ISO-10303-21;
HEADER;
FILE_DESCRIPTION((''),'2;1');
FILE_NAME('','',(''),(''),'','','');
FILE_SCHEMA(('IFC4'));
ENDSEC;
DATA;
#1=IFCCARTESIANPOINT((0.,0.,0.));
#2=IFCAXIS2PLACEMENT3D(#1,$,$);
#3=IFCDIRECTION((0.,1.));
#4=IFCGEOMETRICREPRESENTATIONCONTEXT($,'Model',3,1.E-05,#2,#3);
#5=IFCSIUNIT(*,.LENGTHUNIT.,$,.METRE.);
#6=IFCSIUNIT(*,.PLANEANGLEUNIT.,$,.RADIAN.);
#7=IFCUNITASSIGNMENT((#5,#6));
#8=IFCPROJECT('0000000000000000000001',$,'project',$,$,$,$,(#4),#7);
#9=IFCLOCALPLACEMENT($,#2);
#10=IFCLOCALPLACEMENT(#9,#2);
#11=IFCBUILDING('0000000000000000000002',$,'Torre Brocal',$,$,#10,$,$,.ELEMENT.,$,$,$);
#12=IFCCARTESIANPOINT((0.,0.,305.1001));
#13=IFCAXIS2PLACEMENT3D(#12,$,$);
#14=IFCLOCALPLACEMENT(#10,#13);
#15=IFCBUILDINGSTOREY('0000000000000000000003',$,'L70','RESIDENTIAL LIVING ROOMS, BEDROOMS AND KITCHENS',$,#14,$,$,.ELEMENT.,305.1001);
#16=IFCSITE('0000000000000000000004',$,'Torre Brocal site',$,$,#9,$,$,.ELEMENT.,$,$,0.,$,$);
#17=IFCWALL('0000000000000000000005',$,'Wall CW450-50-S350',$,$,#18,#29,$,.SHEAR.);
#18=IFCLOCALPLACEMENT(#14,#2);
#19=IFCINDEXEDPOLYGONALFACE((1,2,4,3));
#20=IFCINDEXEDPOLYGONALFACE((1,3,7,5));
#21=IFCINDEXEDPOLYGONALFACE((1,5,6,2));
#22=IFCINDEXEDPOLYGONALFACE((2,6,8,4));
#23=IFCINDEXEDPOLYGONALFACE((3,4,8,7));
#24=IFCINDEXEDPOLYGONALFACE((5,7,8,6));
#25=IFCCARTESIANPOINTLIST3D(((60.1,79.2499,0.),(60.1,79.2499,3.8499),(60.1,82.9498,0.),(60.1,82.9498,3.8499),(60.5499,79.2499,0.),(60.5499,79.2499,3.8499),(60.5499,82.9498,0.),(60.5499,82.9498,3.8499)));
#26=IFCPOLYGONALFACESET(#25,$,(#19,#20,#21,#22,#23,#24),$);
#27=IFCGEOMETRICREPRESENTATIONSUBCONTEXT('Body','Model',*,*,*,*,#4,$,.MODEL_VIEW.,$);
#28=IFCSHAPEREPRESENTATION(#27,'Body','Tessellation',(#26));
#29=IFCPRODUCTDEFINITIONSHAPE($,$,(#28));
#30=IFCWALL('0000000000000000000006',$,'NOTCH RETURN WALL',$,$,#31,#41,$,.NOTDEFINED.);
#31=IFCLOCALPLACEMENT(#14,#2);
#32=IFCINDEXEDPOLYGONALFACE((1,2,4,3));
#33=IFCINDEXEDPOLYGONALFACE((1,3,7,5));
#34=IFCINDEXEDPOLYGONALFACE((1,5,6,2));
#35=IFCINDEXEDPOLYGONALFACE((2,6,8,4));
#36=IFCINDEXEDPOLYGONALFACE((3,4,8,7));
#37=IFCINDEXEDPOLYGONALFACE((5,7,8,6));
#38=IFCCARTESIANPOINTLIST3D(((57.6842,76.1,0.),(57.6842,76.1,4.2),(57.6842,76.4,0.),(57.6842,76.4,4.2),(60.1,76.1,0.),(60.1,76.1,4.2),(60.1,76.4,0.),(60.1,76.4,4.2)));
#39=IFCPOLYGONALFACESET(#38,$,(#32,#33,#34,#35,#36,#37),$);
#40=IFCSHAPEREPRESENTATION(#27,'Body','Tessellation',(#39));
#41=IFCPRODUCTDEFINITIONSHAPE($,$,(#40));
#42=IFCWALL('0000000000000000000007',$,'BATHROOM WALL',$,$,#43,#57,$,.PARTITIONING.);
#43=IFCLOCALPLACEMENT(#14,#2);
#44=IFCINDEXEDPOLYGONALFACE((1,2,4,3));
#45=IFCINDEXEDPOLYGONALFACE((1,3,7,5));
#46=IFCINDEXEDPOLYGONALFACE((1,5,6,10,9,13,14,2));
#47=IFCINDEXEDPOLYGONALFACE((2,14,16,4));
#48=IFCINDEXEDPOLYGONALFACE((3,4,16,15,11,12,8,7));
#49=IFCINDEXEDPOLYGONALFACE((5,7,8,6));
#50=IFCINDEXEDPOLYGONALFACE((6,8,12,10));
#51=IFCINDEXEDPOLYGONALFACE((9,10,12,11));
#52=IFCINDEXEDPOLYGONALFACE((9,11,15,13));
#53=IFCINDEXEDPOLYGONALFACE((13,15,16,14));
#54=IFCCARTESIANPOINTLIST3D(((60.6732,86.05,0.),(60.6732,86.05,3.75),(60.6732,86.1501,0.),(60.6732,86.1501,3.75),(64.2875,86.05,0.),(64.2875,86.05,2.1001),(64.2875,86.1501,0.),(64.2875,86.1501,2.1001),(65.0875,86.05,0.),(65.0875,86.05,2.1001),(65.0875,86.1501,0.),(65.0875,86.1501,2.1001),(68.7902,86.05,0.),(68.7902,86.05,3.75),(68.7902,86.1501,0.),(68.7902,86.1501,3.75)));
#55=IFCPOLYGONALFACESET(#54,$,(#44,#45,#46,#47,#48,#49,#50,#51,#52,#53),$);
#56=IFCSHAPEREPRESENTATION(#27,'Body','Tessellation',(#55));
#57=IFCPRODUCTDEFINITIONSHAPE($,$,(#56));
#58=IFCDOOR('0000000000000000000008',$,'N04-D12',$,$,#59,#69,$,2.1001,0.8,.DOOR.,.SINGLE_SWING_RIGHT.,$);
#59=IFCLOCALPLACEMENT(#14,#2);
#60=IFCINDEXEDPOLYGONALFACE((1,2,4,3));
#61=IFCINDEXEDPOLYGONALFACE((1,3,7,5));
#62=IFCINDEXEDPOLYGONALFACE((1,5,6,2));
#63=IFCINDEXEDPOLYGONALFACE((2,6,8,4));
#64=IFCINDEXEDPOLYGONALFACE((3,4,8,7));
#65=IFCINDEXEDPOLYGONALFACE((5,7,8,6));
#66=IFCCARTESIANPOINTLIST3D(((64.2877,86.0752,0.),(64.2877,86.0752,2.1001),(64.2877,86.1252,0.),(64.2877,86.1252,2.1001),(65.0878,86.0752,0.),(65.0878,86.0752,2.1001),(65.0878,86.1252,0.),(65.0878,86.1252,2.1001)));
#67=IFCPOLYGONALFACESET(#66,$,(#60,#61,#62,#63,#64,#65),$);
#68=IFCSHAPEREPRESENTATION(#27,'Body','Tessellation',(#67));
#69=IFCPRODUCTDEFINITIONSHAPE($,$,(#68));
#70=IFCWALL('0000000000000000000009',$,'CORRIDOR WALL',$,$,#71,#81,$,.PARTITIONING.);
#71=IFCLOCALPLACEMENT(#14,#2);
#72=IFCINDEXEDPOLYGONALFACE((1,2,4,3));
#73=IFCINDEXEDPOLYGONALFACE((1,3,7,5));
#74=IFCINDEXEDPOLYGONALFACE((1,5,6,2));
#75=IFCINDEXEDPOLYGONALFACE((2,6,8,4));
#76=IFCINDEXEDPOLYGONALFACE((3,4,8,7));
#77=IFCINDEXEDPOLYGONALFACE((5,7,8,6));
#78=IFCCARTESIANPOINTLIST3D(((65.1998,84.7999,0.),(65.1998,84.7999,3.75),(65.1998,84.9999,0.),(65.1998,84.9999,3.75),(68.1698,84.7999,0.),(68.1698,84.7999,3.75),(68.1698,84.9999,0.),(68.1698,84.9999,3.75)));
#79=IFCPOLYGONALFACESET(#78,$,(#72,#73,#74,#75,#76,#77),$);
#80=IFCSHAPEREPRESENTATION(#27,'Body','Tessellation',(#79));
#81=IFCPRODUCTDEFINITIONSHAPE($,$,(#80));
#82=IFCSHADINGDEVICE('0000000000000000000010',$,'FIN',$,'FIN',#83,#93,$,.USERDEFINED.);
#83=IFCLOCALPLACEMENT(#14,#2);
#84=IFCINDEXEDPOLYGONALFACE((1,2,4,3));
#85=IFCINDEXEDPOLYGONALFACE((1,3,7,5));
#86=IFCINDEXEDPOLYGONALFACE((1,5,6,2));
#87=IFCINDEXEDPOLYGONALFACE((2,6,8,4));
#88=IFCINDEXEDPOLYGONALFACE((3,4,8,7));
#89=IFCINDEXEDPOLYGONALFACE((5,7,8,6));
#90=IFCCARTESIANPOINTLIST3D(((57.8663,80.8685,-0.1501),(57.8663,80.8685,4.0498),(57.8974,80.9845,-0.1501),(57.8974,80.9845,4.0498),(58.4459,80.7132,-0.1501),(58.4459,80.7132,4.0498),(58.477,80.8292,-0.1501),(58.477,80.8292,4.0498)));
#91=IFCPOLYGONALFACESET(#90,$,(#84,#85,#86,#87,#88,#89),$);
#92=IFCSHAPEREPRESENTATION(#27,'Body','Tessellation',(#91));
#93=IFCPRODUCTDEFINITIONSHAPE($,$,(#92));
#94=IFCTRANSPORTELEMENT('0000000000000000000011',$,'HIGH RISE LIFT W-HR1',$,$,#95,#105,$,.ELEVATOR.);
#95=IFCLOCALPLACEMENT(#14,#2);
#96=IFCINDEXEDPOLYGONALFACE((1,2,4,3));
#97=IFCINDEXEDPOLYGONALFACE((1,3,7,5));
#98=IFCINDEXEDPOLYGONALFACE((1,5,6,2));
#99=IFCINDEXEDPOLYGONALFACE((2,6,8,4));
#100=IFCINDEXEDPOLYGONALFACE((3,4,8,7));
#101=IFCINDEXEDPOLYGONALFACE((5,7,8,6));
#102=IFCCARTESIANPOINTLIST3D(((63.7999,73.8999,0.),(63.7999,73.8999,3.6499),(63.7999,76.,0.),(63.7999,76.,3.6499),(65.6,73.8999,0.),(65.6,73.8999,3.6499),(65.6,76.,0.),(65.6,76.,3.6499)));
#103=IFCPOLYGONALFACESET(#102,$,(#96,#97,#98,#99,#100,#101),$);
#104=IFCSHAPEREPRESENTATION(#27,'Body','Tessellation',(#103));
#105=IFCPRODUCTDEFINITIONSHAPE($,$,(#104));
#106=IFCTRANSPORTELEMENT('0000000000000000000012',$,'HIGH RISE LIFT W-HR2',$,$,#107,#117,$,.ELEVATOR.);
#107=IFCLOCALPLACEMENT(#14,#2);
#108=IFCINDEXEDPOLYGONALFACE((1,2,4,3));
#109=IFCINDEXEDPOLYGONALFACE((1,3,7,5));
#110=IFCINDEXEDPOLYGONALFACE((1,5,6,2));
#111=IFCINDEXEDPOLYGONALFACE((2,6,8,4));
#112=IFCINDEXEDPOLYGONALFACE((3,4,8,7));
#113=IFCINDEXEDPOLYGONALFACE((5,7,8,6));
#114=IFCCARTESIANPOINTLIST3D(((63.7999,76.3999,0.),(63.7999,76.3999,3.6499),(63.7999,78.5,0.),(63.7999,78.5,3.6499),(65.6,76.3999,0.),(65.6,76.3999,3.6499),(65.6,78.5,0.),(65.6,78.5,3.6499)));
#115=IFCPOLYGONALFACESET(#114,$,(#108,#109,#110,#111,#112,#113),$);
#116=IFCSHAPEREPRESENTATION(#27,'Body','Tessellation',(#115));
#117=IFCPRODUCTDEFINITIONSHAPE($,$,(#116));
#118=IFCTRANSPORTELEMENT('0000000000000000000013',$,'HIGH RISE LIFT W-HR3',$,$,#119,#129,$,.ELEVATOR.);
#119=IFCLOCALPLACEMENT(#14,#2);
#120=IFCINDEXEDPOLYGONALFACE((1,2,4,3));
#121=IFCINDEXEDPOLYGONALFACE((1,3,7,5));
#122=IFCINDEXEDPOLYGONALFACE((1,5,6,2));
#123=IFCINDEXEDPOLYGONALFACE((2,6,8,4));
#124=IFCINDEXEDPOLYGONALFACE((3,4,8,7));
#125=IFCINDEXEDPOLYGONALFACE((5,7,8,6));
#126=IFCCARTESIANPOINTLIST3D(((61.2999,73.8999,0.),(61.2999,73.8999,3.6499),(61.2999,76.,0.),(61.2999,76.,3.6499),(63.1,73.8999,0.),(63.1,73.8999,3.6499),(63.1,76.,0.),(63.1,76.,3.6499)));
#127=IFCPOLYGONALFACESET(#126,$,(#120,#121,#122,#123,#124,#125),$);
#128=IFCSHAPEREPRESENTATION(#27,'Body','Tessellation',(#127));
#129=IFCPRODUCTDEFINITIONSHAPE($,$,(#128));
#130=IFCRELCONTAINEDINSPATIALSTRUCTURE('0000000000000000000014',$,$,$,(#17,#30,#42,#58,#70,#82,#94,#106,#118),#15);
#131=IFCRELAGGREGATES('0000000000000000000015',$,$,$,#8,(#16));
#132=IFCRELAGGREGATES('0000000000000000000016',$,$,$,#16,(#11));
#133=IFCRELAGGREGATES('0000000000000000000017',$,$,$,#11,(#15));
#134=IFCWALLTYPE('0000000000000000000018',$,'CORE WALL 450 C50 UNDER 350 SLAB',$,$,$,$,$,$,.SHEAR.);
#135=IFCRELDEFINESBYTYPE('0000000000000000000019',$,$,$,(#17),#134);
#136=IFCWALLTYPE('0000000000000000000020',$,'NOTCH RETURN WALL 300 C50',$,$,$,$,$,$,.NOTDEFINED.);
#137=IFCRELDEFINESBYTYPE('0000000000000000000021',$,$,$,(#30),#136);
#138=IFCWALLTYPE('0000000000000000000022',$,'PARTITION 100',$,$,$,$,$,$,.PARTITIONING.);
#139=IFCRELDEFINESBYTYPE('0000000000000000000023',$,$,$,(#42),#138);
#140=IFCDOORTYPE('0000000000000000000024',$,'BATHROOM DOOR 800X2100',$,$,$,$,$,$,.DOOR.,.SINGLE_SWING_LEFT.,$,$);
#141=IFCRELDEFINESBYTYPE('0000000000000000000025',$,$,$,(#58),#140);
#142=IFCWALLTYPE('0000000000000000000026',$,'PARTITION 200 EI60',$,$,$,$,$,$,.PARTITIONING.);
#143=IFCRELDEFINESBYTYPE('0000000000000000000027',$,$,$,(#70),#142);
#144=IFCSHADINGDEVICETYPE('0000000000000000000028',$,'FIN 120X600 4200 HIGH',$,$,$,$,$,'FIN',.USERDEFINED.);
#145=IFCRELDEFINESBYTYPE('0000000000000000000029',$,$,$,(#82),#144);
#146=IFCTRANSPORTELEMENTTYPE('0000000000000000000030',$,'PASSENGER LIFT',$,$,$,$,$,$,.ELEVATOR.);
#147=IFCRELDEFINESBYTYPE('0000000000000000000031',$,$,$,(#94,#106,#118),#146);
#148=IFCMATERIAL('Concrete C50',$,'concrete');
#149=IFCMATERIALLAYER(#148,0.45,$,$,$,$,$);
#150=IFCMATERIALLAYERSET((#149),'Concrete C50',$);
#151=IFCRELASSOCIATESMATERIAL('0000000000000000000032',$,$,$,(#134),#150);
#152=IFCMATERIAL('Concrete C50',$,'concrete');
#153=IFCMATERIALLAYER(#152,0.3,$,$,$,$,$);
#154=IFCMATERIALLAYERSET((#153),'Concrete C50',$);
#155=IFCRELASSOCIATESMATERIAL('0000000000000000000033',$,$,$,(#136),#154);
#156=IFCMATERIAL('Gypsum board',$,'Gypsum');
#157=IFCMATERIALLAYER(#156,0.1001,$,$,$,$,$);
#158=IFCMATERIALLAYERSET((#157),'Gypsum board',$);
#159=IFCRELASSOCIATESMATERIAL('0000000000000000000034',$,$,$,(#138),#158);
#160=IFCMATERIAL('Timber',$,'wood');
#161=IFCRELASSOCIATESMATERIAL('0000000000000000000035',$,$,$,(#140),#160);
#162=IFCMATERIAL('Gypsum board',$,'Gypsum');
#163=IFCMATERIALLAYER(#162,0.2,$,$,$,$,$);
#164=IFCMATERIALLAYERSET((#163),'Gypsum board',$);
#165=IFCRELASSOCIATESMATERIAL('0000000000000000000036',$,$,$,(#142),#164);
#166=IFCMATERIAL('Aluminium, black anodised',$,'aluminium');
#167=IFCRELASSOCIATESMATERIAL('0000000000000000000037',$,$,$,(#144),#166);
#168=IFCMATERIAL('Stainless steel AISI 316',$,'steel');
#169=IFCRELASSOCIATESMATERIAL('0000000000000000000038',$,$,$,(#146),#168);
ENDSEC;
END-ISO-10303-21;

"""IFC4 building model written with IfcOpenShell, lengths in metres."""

from ifc_helpers import new_model, si_unit, direction, frame, frame_2d, origin, origin_2d, place, context, subcontext, project, spatial, rectangle, extrude, material, layer, layer_set, material_profile, profile_set, type_object, element, fill, save


model = new_model("IFC4")

# Units and contexts
model_context = context("Model", 3, precision=1e-05, world=origin(), true_north=direction((0.0, 1.0)))
body_context = subcontext(model_context, "Body", "Model", "MODEL_VIEW")
ifc_project = project(units=[si_unit("LENGTHUNIT", "METRE"), si_unit("PLANEANGLEUNIT", "RADIAN")], contexts=[model_context])

# Site, building, storey
site_placement = place(None, origin())
site = spatial("IfcSite", under=ifc_project, at=site_placement, Name="Torre Brocal site", CompositionType="ELEMENT", RefElevation=0.0)
building_placement = place(site_placement, origin())
building = spatial("IfcBuilding", under=site, at=building_placement, Name="Torre Brocal", CompositionType="ELEMENT")
storey_placement = place(building_placement, frame((0.0, 0.0, 305.1001)))
storey = spatial("IfcBuildingStorey", under=building, at=storey_placement, Name="L70", Description="RESIDENTIAL LIVING ROOMS, BEDROOMS AND KITCHENS", CompositionType="ELEMENT", Elevation=305.1001)

# Walls
ifc_material_1 = material(Name="Concrete C50", Category="concrete")
ifc_layer_1 = layer(ifc_material_1, 0.45)
ifc_layer_set_1 = layer_set([ifc_layer_1], Name="Concrete C50")
wall_type_1 = type_object("IfcWallType", Name="CORE WALL 450 C50 UNDER 350 SLAB", PredefinedType="SHEAR", material=ifc_layer_set_1)
wall_1_placement = place(storey_placement, frame((60.325, 82.95, 0.0), z_axis=(0.0, 0.0, 1.0), x_axis=(0.0, -1.0, 0.0)))
element("IfcWall", 1, at=wall_1_placement, inside=storey, type_object=wall_type_1, Name="Wall CW450-50-S350", PredefinedType="SHEAR", context=body_context, shape_type="SweptSolid", body=[
    extrude(rectangle(XDim=3.7, YDim=0.45, at=frame_2d((1.8501, 0.0))), origin(), (0.0, 0.0, 1.0), 3.8499),
])
ifc_material_2 = material(Name="Concrete C50", Category="concrete")
ifc_layer_2 = layer(ifc_material_2, 0.3)
ifc_layer_set_2 = layer_set([ifc_layer_2], Name="Concrete C50")
wall_type_2 = type_object("IfcWallType", Name="NOTCH RETURN WALL 300 C50", PredefinedType="NOTDEFINED", material=ifc_layer_set_2)
wall_2_placement = place(storey_placement, frame((60.1001, 76.25, 0.0), z_axis=(0.0, 0.0, 1.0), x_axis=(-1.0, 0.0, 0.0)))
element("IfcWall", 2, at=wall_2_placement, inside=storey, type_object=wall_type_2, Name="NOTCH RETURN WALL", PredefinedType="NOTDEFINED", context=body_context, shape_type="SweptSolid", body=[
    extrude(rectangle(XDim=2.4158, YDim=0.3, at=frame_2d((1.208, 0.0))), origin(), (0.0, 0.0, 1.0), 4.2),
])

# Wall, opening, door
ifc_material_3 = material(Name="Gypsum board", Category="Gypsum")
ifc_layer_3 = layer(ifc_material_3, 0.1001)
ifc_layer_set_3 = layer_set([ifc_layer_3], Name="Gypsum board")
wall_type_3 = type_object("IfcWallType", Name="PARTITION 100", PredefinedType="PARTITIONING", material=ifc_layer_set_3)
wall_3_placement = place(storey_placement, frame((60.6731, 86.1001, 0.0), z_axis=(0.0, 0.0, 1.0), x_axis=(1.0, 0.0, 0.0)))
wall_3 = element("IfcWall", 3, at=wall_3_placement, inside=storey, type_object=wall_type_3, Name="BATHROOM WALL", PredefinedType="PARTITIONING", context=body_context, shape_type="SweptSolid", body=[
    extrude(rectangle(XDim=8.1169, YDim=0.1001, at=frame_2d((4.0586, 0.0))), origin(), (0.0, 0.0, 1.0), 3.75),
])
opening_placement = place(wall_3_placement, frame((3.6145, 0.0, 0.0)))
opening = element("IfcOpeningElement", 4, at=opening_placement, cuts=wall_3, PredefinedType="OPENING", context=body_context, shape_type="SweptSolid", body=[
    extrude(rectangle(XDim=0.8, YDim=2.1001, at=frame_2d((0.3999, 1.05))), frame((0.0, 0.0601, 0.0), z_axis=(0.0, -1.0, 0.0), x_axis=(1.0, 0.0, 0.0)), (0.0, 0.0, 1.0), 0.1201),
])
ifc_material_4 = material(Name="Timber", Category="wood")
door_type = type_object("IfcDoorType", Name="BATHROOM DOOR 800X2100", OperationType="SINGLE_SWING_LEFT", PredefinedType="DOOR", material=ifc_material_4)
door_placement = place(opening_placement, frame((0.8, 0.0, 0.0), z_axis=(0.0, 0.0, 1.0), x_axis=(-1.0, 0.0, 0.0)))
door = element("IfcDoor", 5, at=door_placement, inside=storey, type_object=door_type, Name="N04-D12", OperationType="SINGLE_SWING_RIGHT", OverallHeight=2.1001, OverallWidth=0.8, PredefinedType="DOOR", context=body_context, shape_type="SweptSolid", body=[
    extrude(rectangle(XDim=0.8, YDim=2.1001, at=frame_2d((0.3999, 1.05))), frame((0.0, 0.0249, 0.0), z_axis=(0.0, -1.0, 0.0), x_axis=(1.0, 0.0, 0.0)), (0.0, 0.0, 1.0), 0.05),
])
fill(opening, door)

# Wall
ifc_material_5 = material(Name="Gypsum board", Category="Gypsum")
ifc_layer_4 = layer(ifc_material_5, 0.2)
ifc_layer_set_4 = layer_set([ifc_layer_4], Name="Gypsum board")
wall_type_4 = type_object("IfcWallType", Name="PARTITION 200 EI60", PredefinedType="PARTITIONING", material=ifc_layer_set_4)
wall_4_placement = place(storey_placement, frame((65.2, 84.8999, 0.0), z_axis=(0.0, 0.0, 1.0), x_axis=(1.0, 0.0, 0.0)))
element("IfcWall", 6, at=wall_4_placement, inside=storey, type_object=wall_type_4, Name="CORRIDOR WALL", PredefinedType="PARTITIONING", context=body_context, shape_type="SweptSolid", body=[
    extrude(rectangle(XDim=2.97, YDim=0.2, at=frame_2d((1.4849, 0.0))), origin(), (0.0, 0.0, 1.0), 3.75),
])

# Shading device
ifc_material_6 = material(Name="Aluminium, black anodised", Category="aluminium")
ifc_material_profile_1 = material_profile(ifc_material_6, rectangle(XDim=0.1201, YDim=0.6001, at=origin_2d()), Name="FIN 120X600 4200 HIGH")
ifc_profile_set_1 = profile_set([ifc_material_profile_1], Name="Aluminium, black anodised")
shading_device_type = type_object("IfcShadingDeviceType", Name="FIN 120X600 4200 HIGH", ElementType="FIN", PredefinedType="USERDEFINED", material=ifc_profile_set_1)
shading_device_placement = place(storey_placement, frame((58.1716, 80.8489, -0.1501), z_axis=(0.0, 0.0, 1.0), x_axis=(-0.258819, -0.965926, 0.0)))
element("IfcShadingDevice", 7, at=shading_device_placement, inside=storey, type_object=shading_device_type, Name="FIN", ObjectType="FIN", PredefinedType="USERDEFINED", context=body_context, shape_type="SweptSolid", body=[
    extrude(rectangle(XDim=0.1201, YDim=0.6001, at=origin_2d()), origin(), (0.0, 0.0, 1.0), 4.2),
])

# Transport elements
ifc_material_7 = material(Name="Stainless steel AISI 316", Category="steel")
transport_element_type = type_object("IfcTransportElementType", Name="PASSENGER LIFT", PredefinedType="ELEVATOR", material=ifc_material_7)
for number, where, z_axis, x_axis, name in (
    (8, (64.7, 74.95, 0.0), (0.0, 0.0, 1.0), (1.0, 0.0, 0.0), "HIGH RISE LIFT W-HR1"),
    (9, (64.7, 77.45, 0.0), (0.0, 0.0, 1.0), (1.0, 0.0, 0.0), "HIGH RISE LIFT W-HR2"),
    (10, (62.2, 74.95, 0.0), (0.0, 0.0, 1.0), (1.0, 0.0, 0.0), "HIGH RISE LIFT W-HR3"),
):
    element("IfcTransportElement", number, at=place(storey_placement, frame(where, z_axis=z_axis, x_axis=x_axis)), inside=storey, type_object=transport_element_type, Name=name, PredefinedType="ELEVATOR", context=body_context, shape_type="SweptSolid", body=[
        extrude(rectangle(XDim=1.8, YDim=2.1001, at=origin_2d()), origin(), (0.0, 0.0, 1.0), 3.6499),
    ])

save(model, "model.ifc")
